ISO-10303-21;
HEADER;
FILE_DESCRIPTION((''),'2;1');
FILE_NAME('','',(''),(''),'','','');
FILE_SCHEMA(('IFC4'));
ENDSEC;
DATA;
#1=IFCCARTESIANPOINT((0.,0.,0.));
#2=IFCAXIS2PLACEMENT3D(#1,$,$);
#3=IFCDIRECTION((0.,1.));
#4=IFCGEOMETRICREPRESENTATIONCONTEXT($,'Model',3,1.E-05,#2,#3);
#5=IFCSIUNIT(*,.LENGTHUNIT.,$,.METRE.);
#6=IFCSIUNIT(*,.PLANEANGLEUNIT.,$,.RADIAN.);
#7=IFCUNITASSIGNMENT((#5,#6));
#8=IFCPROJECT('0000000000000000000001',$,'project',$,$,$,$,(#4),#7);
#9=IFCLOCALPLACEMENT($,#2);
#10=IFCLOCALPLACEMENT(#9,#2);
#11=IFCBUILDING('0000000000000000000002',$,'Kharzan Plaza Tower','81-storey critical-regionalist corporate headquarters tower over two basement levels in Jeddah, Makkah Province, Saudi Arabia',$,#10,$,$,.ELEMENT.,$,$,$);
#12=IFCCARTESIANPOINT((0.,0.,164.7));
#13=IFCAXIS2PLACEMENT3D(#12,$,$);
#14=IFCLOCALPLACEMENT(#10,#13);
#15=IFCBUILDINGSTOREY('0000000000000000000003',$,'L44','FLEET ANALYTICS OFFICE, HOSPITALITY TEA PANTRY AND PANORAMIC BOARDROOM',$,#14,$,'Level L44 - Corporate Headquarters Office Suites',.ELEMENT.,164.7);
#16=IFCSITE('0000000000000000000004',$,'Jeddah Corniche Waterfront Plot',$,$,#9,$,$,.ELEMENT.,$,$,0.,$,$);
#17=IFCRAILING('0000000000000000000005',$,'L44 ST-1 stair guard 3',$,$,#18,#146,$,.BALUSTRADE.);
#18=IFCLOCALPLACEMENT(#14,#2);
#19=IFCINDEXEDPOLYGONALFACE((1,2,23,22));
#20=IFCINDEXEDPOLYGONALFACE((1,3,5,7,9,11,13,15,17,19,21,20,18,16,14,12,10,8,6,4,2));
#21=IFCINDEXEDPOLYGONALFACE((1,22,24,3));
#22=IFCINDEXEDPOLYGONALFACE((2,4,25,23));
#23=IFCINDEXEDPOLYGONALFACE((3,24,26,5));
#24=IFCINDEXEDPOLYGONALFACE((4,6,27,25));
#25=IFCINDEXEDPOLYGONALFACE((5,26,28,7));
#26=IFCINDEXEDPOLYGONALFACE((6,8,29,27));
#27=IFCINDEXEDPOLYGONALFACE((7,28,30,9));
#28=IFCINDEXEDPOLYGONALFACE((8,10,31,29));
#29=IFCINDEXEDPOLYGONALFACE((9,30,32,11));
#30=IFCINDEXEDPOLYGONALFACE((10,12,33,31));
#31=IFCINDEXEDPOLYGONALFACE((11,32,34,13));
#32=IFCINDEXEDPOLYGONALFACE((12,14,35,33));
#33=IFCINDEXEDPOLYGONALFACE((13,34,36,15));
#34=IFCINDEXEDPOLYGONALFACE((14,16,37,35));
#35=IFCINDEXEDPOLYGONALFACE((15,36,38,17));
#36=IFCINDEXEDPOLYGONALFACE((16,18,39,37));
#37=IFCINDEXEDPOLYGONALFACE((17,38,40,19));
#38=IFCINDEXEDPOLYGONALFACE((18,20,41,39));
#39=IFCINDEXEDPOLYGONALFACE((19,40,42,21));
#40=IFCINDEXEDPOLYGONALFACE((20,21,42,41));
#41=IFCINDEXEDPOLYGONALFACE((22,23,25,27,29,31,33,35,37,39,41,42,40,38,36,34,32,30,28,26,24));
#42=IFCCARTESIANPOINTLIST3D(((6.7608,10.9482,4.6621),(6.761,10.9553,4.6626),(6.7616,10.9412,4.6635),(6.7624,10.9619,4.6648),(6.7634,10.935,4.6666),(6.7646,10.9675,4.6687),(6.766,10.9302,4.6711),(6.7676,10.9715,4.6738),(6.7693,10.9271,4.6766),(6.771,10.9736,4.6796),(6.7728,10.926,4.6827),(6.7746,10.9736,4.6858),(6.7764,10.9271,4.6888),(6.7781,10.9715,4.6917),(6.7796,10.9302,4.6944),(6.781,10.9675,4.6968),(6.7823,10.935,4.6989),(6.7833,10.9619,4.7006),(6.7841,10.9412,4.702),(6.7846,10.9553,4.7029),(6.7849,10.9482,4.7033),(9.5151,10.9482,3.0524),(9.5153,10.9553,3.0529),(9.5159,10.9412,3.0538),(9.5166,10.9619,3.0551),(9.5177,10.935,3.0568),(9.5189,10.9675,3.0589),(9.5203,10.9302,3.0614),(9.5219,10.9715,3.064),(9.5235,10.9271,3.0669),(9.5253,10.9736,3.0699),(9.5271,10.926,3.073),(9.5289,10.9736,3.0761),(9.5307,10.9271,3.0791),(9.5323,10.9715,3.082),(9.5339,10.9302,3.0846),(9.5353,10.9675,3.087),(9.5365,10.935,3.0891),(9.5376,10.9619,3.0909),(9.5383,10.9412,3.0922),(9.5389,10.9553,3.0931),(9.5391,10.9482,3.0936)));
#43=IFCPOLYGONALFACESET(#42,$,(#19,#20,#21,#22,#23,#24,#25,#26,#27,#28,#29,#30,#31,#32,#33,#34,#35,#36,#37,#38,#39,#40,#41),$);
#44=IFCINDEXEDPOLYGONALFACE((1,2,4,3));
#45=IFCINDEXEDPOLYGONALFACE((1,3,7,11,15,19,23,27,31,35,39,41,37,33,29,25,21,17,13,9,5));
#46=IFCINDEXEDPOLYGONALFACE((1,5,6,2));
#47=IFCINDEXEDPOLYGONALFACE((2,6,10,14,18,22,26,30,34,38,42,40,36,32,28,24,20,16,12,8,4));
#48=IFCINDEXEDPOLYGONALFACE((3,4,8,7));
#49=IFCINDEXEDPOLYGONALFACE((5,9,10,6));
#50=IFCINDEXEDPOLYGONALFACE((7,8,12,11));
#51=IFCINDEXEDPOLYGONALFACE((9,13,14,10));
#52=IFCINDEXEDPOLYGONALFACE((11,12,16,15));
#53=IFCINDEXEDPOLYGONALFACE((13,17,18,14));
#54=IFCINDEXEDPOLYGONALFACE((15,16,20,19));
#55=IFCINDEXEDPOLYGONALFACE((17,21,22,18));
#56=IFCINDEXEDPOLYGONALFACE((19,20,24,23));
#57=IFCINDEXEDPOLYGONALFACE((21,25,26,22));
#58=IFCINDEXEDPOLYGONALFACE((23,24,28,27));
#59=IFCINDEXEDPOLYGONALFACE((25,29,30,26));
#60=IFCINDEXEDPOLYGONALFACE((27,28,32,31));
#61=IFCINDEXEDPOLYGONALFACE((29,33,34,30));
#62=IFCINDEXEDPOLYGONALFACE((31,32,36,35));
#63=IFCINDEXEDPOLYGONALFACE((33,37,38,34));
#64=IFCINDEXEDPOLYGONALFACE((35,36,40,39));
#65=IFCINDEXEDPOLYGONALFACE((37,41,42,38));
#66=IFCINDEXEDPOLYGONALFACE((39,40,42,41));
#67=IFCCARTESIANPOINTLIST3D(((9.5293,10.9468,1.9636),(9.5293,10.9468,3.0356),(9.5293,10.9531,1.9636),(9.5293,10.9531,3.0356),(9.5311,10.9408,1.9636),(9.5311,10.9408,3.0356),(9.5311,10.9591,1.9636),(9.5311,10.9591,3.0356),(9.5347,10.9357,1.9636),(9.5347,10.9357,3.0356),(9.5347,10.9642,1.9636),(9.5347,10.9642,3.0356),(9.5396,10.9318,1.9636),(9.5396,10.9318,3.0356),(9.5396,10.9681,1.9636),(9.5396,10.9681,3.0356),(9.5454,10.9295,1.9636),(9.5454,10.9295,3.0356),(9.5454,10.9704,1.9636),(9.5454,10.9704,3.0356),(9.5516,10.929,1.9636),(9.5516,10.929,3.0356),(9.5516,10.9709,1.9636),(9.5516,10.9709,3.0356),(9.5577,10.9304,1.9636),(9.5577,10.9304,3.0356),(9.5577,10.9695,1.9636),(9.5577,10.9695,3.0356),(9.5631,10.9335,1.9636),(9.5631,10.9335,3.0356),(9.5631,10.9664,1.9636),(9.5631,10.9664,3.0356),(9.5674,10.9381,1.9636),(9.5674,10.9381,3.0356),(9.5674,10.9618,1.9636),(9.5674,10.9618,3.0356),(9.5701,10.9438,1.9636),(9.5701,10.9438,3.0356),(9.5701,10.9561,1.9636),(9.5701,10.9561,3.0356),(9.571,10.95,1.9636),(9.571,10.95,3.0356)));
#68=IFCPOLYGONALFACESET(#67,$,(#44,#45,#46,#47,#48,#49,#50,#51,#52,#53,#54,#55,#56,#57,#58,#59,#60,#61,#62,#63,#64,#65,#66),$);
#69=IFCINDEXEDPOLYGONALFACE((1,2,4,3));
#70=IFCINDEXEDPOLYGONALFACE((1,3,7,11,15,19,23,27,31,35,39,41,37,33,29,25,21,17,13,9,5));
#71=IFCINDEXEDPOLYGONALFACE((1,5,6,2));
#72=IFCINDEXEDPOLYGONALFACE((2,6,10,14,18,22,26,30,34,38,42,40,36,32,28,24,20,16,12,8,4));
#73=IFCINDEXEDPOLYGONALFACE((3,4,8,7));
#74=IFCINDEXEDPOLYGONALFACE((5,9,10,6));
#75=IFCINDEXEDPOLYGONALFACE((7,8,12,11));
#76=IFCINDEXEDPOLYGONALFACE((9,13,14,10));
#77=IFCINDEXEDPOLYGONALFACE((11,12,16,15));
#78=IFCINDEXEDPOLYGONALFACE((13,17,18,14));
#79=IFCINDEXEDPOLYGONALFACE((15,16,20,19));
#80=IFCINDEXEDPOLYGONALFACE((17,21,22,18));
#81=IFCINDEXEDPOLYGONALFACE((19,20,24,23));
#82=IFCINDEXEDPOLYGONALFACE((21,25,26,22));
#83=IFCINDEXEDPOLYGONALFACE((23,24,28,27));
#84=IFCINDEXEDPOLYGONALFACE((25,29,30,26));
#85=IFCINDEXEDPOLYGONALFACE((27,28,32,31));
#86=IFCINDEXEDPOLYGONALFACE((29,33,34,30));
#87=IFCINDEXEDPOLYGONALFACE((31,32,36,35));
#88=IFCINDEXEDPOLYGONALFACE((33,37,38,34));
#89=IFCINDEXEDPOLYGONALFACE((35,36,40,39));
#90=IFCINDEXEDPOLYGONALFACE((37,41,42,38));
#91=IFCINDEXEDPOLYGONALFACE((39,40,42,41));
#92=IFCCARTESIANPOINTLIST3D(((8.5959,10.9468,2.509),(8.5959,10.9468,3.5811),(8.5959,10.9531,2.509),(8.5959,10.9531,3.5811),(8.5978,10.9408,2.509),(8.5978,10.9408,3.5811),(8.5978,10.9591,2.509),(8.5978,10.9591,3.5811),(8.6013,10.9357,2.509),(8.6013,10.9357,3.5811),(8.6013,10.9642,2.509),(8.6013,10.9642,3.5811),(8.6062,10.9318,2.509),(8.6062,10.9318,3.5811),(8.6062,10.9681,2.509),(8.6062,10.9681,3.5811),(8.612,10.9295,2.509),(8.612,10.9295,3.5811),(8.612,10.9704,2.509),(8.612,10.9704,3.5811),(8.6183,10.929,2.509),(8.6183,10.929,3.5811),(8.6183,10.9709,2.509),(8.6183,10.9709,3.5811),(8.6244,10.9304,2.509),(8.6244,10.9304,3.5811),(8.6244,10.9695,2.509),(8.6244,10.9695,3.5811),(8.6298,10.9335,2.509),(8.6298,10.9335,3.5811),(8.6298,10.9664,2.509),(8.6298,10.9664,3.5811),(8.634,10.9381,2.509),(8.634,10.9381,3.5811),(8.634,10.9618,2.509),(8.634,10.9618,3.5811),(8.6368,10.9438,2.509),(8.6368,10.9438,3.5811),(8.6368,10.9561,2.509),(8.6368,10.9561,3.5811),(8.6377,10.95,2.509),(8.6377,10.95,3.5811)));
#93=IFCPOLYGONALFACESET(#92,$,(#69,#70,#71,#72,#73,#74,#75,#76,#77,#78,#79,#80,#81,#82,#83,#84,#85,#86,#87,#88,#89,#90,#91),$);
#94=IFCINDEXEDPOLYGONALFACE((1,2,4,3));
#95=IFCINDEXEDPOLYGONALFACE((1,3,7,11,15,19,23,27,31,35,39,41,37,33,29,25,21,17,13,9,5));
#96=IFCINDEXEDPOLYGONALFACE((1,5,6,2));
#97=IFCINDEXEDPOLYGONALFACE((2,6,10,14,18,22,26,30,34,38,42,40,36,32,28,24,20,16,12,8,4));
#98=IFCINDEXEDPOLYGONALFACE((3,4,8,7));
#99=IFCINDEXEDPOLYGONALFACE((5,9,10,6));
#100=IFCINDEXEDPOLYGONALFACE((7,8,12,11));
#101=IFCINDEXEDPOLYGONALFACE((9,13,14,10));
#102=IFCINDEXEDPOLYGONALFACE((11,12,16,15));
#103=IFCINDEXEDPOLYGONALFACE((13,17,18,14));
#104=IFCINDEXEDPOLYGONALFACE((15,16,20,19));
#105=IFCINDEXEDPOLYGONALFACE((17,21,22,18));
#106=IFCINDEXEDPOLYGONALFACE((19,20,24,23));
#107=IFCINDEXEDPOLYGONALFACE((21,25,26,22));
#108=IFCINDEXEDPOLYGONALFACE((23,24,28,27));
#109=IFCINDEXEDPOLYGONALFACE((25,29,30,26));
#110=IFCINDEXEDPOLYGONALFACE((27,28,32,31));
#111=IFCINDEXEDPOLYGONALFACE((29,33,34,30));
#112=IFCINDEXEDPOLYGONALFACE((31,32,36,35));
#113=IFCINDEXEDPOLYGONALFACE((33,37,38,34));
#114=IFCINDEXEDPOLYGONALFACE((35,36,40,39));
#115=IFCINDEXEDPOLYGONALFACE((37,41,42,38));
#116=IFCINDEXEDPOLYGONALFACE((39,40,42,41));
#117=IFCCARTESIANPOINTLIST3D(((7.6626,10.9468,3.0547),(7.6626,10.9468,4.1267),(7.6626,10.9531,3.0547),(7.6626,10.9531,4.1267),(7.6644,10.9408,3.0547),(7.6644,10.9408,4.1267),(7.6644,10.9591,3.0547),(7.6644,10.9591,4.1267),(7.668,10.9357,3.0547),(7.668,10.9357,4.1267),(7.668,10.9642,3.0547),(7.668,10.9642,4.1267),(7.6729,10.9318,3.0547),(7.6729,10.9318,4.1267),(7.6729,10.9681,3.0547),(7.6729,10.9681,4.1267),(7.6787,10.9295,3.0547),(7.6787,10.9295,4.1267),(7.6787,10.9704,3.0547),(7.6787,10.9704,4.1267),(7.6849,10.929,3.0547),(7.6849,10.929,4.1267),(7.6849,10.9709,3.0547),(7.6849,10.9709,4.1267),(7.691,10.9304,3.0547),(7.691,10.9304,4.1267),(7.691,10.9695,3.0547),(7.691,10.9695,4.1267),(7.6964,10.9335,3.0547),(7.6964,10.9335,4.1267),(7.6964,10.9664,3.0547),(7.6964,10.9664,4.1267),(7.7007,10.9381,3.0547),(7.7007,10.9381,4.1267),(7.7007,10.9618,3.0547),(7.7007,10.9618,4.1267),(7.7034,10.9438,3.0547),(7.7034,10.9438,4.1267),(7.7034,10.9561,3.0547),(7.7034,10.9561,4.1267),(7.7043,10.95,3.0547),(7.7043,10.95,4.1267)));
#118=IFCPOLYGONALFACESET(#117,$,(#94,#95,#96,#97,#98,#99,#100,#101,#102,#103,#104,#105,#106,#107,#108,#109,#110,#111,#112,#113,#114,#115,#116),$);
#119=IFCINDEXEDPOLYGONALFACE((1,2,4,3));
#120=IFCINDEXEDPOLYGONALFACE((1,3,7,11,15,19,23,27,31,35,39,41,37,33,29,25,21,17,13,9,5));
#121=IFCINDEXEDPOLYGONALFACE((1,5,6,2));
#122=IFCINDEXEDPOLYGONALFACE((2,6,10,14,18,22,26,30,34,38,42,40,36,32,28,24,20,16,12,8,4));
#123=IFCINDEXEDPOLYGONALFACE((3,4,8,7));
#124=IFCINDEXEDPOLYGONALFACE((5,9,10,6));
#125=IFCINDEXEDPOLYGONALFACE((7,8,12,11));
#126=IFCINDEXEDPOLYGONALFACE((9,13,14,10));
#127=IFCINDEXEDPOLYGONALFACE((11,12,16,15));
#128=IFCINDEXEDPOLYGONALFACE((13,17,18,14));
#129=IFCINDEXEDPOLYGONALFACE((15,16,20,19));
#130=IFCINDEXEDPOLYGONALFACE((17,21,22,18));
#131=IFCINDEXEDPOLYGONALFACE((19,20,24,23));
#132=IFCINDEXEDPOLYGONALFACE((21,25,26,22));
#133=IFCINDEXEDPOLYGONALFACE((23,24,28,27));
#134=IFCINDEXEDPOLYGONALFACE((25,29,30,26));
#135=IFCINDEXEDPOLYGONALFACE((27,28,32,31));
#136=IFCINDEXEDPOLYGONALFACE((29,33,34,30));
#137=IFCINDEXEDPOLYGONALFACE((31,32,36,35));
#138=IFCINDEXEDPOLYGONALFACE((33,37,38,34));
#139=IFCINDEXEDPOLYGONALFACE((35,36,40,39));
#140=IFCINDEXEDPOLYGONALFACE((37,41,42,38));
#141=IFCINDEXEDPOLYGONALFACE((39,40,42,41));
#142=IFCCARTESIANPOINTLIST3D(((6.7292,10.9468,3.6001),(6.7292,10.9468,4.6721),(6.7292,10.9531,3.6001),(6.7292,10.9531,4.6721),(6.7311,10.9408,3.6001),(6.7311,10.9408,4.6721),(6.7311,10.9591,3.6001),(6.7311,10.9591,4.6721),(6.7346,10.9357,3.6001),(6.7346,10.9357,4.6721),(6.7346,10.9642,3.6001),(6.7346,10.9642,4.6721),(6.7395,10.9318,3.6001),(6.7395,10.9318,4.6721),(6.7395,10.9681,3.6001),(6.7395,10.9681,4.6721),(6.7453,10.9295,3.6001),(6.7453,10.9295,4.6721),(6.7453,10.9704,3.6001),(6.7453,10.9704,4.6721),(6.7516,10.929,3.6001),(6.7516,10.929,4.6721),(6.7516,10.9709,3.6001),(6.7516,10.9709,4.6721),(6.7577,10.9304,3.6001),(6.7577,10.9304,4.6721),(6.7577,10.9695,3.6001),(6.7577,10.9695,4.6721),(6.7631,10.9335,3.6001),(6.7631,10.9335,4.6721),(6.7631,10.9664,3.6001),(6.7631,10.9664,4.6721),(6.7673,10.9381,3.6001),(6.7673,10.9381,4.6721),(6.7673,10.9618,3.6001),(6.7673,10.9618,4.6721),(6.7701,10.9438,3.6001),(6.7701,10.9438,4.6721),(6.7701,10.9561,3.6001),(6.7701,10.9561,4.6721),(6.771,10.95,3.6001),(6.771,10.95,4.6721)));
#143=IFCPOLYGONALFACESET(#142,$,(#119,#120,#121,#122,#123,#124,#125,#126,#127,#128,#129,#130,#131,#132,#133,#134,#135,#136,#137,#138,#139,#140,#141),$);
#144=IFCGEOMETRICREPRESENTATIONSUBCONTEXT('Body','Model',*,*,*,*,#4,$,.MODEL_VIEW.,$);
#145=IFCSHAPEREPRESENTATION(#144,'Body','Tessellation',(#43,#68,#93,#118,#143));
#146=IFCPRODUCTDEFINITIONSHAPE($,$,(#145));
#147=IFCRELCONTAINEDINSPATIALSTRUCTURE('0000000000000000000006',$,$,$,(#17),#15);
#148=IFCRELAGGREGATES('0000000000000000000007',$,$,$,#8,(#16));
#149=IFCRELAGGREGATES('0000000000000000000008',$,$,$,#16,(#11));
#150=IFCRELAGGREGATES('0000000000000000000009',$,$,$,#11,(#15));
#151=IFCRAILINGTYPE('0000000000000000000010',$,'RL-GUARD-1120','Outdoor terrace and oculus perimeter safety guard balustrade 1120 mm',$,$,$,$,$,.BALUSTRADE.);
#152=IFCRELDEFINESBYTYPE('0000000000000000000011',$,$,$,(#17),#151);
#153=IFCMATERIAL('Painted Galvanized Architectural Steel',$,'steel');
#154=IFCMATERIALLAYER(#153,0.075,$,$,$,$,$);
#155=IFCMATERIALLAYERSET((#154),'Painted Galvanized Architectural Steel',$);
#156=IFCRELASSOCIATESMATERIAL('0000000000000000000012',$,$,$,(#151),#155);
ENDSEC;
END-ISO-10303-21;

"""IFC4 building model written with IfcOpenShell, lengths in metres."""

from ifc_helpers import new_model, si_unit, direction, frame, origin, origin_2d, place, context, subcontext, project, spatial, circle, extrude, source, transform, mapped, material, layer, layer_set, type_object, element, save


model = new_model("IFC4")

# Units and contexts
model_context = context("Model", 3, precision=1e-05, world=origin(), true_north=direction((0.0, 1.0)))
body_context = subcontext(model_context, "Body", "Model", "MODEL_VIEW")
ifc_project = project(units=[si_unit("LENGTHUNIT", "METRE"), si_unit("PLANEANGLEUNIT", "RADIAN")], contexts=[model_context])

# Site, building, storey
site_placement = place(None, origin())
site = spatial("IfcSite", under=ifc_project, at=site_placement, Name="Jeddah Corniche Waterfront Plot", CompositionType="ELEMENT", RefElevation=0.0)
building_placement = place(site_placement, origin())
building = spatial("IfcBuilding", under=site, at=building_placement, Name="Kharzan Plaza Tower", Description="81-storey critical-regionalist corporate headquarters tower over two basement levels in Jeddah, Makkah Province, Saudi Arabia", CompositionType="ELEMENT")
storey_placement = place(building_placement, frame((0.0, 0.0, 164.7)))
storey = spatial("IfcBuildingStorey", under=building, at=storey_placement, Name="L44", Description="FLEET ANALYTICS OFFICE, HOSPITALITY TEA PANTRY AND PANORAMIC BOARDROOM", LongName="Level L44 - Corporate Headquarters Office Suites", CompositionType="ELEMENT", Elevation=164.7)

# Railing
ifc_material_1 = material(Name="Painted Galvanized Architectural Steel", Category="steel")
ifc_layer_1 = layer(ifc_material_1, 0.075)
ifc_layer_set_1 = layer_set([ifc_layer_1], Name="Painted Galvanized Architectural Steel")
railing_type_1 = type_object("IfcRailingType", Name="RL-GUARD-1120", Description="Outdoor terrace and oculus perimeter safety guard balustrade 1120 mm", PredefinedType="BALUSTRADE", material=ifc_layer_set_1)
shared_shape_1 = source(origin(), body_context, "Body", "SweptSolid", [
    extrude(circle(Radius=0.0239, at=origin_2d()), frame((-0.0229, 0.0, 1.1094), z_axis=(-0.863361, 0.0, 0.504587), x_axis=(0.0, -1.0, 0.0)), (0.0, 0.0, 1.0), 3.1902),
    extrude(circle(Radius=0.021, at=origin_2d()), origin(), (0.0, 0.0, 1.0), 1.072),
    extrude(circle(Radius=0.021, at=origin_2d()), frame((-0.9333, 0.0, 0.5454)), (0.0, 0.0, 1.0), 1.072),
    extrude(circle(Radius=0.021, at=origin_2d()), frame((-1.8667, 0.0, 1.0911)), (0.0, 0.0, 1.0), 1.072),
    extrude(circle(Radius=0.021, at=origin_2d()), frame((-2.8, 0.0, 1.6365)), (0.0, 0.0, 1.0), 1.072),
])
railing_1_placement = place(storey_placement, frame((9.55, 10.95, 1.9636)))
element("IfcRailing", 1, at=railing_1_placement, inside=storey, type_object=railing_type_1, Name="L44 ST-1 stair guard 3", PredefinedType="BALUSTRADE", context=body_context, shape_type="MappedRepresentation", body=[
    mapped(shared_shape_1, transform((0.0, 0.0, 0.0), x_axis=(1.0, 0.0, 0.0), y_axis=(0.0, 1.0, 0.0), z_axis=(0.0, 0.0, 1.0))),
])

save(model, "model.ifc")
